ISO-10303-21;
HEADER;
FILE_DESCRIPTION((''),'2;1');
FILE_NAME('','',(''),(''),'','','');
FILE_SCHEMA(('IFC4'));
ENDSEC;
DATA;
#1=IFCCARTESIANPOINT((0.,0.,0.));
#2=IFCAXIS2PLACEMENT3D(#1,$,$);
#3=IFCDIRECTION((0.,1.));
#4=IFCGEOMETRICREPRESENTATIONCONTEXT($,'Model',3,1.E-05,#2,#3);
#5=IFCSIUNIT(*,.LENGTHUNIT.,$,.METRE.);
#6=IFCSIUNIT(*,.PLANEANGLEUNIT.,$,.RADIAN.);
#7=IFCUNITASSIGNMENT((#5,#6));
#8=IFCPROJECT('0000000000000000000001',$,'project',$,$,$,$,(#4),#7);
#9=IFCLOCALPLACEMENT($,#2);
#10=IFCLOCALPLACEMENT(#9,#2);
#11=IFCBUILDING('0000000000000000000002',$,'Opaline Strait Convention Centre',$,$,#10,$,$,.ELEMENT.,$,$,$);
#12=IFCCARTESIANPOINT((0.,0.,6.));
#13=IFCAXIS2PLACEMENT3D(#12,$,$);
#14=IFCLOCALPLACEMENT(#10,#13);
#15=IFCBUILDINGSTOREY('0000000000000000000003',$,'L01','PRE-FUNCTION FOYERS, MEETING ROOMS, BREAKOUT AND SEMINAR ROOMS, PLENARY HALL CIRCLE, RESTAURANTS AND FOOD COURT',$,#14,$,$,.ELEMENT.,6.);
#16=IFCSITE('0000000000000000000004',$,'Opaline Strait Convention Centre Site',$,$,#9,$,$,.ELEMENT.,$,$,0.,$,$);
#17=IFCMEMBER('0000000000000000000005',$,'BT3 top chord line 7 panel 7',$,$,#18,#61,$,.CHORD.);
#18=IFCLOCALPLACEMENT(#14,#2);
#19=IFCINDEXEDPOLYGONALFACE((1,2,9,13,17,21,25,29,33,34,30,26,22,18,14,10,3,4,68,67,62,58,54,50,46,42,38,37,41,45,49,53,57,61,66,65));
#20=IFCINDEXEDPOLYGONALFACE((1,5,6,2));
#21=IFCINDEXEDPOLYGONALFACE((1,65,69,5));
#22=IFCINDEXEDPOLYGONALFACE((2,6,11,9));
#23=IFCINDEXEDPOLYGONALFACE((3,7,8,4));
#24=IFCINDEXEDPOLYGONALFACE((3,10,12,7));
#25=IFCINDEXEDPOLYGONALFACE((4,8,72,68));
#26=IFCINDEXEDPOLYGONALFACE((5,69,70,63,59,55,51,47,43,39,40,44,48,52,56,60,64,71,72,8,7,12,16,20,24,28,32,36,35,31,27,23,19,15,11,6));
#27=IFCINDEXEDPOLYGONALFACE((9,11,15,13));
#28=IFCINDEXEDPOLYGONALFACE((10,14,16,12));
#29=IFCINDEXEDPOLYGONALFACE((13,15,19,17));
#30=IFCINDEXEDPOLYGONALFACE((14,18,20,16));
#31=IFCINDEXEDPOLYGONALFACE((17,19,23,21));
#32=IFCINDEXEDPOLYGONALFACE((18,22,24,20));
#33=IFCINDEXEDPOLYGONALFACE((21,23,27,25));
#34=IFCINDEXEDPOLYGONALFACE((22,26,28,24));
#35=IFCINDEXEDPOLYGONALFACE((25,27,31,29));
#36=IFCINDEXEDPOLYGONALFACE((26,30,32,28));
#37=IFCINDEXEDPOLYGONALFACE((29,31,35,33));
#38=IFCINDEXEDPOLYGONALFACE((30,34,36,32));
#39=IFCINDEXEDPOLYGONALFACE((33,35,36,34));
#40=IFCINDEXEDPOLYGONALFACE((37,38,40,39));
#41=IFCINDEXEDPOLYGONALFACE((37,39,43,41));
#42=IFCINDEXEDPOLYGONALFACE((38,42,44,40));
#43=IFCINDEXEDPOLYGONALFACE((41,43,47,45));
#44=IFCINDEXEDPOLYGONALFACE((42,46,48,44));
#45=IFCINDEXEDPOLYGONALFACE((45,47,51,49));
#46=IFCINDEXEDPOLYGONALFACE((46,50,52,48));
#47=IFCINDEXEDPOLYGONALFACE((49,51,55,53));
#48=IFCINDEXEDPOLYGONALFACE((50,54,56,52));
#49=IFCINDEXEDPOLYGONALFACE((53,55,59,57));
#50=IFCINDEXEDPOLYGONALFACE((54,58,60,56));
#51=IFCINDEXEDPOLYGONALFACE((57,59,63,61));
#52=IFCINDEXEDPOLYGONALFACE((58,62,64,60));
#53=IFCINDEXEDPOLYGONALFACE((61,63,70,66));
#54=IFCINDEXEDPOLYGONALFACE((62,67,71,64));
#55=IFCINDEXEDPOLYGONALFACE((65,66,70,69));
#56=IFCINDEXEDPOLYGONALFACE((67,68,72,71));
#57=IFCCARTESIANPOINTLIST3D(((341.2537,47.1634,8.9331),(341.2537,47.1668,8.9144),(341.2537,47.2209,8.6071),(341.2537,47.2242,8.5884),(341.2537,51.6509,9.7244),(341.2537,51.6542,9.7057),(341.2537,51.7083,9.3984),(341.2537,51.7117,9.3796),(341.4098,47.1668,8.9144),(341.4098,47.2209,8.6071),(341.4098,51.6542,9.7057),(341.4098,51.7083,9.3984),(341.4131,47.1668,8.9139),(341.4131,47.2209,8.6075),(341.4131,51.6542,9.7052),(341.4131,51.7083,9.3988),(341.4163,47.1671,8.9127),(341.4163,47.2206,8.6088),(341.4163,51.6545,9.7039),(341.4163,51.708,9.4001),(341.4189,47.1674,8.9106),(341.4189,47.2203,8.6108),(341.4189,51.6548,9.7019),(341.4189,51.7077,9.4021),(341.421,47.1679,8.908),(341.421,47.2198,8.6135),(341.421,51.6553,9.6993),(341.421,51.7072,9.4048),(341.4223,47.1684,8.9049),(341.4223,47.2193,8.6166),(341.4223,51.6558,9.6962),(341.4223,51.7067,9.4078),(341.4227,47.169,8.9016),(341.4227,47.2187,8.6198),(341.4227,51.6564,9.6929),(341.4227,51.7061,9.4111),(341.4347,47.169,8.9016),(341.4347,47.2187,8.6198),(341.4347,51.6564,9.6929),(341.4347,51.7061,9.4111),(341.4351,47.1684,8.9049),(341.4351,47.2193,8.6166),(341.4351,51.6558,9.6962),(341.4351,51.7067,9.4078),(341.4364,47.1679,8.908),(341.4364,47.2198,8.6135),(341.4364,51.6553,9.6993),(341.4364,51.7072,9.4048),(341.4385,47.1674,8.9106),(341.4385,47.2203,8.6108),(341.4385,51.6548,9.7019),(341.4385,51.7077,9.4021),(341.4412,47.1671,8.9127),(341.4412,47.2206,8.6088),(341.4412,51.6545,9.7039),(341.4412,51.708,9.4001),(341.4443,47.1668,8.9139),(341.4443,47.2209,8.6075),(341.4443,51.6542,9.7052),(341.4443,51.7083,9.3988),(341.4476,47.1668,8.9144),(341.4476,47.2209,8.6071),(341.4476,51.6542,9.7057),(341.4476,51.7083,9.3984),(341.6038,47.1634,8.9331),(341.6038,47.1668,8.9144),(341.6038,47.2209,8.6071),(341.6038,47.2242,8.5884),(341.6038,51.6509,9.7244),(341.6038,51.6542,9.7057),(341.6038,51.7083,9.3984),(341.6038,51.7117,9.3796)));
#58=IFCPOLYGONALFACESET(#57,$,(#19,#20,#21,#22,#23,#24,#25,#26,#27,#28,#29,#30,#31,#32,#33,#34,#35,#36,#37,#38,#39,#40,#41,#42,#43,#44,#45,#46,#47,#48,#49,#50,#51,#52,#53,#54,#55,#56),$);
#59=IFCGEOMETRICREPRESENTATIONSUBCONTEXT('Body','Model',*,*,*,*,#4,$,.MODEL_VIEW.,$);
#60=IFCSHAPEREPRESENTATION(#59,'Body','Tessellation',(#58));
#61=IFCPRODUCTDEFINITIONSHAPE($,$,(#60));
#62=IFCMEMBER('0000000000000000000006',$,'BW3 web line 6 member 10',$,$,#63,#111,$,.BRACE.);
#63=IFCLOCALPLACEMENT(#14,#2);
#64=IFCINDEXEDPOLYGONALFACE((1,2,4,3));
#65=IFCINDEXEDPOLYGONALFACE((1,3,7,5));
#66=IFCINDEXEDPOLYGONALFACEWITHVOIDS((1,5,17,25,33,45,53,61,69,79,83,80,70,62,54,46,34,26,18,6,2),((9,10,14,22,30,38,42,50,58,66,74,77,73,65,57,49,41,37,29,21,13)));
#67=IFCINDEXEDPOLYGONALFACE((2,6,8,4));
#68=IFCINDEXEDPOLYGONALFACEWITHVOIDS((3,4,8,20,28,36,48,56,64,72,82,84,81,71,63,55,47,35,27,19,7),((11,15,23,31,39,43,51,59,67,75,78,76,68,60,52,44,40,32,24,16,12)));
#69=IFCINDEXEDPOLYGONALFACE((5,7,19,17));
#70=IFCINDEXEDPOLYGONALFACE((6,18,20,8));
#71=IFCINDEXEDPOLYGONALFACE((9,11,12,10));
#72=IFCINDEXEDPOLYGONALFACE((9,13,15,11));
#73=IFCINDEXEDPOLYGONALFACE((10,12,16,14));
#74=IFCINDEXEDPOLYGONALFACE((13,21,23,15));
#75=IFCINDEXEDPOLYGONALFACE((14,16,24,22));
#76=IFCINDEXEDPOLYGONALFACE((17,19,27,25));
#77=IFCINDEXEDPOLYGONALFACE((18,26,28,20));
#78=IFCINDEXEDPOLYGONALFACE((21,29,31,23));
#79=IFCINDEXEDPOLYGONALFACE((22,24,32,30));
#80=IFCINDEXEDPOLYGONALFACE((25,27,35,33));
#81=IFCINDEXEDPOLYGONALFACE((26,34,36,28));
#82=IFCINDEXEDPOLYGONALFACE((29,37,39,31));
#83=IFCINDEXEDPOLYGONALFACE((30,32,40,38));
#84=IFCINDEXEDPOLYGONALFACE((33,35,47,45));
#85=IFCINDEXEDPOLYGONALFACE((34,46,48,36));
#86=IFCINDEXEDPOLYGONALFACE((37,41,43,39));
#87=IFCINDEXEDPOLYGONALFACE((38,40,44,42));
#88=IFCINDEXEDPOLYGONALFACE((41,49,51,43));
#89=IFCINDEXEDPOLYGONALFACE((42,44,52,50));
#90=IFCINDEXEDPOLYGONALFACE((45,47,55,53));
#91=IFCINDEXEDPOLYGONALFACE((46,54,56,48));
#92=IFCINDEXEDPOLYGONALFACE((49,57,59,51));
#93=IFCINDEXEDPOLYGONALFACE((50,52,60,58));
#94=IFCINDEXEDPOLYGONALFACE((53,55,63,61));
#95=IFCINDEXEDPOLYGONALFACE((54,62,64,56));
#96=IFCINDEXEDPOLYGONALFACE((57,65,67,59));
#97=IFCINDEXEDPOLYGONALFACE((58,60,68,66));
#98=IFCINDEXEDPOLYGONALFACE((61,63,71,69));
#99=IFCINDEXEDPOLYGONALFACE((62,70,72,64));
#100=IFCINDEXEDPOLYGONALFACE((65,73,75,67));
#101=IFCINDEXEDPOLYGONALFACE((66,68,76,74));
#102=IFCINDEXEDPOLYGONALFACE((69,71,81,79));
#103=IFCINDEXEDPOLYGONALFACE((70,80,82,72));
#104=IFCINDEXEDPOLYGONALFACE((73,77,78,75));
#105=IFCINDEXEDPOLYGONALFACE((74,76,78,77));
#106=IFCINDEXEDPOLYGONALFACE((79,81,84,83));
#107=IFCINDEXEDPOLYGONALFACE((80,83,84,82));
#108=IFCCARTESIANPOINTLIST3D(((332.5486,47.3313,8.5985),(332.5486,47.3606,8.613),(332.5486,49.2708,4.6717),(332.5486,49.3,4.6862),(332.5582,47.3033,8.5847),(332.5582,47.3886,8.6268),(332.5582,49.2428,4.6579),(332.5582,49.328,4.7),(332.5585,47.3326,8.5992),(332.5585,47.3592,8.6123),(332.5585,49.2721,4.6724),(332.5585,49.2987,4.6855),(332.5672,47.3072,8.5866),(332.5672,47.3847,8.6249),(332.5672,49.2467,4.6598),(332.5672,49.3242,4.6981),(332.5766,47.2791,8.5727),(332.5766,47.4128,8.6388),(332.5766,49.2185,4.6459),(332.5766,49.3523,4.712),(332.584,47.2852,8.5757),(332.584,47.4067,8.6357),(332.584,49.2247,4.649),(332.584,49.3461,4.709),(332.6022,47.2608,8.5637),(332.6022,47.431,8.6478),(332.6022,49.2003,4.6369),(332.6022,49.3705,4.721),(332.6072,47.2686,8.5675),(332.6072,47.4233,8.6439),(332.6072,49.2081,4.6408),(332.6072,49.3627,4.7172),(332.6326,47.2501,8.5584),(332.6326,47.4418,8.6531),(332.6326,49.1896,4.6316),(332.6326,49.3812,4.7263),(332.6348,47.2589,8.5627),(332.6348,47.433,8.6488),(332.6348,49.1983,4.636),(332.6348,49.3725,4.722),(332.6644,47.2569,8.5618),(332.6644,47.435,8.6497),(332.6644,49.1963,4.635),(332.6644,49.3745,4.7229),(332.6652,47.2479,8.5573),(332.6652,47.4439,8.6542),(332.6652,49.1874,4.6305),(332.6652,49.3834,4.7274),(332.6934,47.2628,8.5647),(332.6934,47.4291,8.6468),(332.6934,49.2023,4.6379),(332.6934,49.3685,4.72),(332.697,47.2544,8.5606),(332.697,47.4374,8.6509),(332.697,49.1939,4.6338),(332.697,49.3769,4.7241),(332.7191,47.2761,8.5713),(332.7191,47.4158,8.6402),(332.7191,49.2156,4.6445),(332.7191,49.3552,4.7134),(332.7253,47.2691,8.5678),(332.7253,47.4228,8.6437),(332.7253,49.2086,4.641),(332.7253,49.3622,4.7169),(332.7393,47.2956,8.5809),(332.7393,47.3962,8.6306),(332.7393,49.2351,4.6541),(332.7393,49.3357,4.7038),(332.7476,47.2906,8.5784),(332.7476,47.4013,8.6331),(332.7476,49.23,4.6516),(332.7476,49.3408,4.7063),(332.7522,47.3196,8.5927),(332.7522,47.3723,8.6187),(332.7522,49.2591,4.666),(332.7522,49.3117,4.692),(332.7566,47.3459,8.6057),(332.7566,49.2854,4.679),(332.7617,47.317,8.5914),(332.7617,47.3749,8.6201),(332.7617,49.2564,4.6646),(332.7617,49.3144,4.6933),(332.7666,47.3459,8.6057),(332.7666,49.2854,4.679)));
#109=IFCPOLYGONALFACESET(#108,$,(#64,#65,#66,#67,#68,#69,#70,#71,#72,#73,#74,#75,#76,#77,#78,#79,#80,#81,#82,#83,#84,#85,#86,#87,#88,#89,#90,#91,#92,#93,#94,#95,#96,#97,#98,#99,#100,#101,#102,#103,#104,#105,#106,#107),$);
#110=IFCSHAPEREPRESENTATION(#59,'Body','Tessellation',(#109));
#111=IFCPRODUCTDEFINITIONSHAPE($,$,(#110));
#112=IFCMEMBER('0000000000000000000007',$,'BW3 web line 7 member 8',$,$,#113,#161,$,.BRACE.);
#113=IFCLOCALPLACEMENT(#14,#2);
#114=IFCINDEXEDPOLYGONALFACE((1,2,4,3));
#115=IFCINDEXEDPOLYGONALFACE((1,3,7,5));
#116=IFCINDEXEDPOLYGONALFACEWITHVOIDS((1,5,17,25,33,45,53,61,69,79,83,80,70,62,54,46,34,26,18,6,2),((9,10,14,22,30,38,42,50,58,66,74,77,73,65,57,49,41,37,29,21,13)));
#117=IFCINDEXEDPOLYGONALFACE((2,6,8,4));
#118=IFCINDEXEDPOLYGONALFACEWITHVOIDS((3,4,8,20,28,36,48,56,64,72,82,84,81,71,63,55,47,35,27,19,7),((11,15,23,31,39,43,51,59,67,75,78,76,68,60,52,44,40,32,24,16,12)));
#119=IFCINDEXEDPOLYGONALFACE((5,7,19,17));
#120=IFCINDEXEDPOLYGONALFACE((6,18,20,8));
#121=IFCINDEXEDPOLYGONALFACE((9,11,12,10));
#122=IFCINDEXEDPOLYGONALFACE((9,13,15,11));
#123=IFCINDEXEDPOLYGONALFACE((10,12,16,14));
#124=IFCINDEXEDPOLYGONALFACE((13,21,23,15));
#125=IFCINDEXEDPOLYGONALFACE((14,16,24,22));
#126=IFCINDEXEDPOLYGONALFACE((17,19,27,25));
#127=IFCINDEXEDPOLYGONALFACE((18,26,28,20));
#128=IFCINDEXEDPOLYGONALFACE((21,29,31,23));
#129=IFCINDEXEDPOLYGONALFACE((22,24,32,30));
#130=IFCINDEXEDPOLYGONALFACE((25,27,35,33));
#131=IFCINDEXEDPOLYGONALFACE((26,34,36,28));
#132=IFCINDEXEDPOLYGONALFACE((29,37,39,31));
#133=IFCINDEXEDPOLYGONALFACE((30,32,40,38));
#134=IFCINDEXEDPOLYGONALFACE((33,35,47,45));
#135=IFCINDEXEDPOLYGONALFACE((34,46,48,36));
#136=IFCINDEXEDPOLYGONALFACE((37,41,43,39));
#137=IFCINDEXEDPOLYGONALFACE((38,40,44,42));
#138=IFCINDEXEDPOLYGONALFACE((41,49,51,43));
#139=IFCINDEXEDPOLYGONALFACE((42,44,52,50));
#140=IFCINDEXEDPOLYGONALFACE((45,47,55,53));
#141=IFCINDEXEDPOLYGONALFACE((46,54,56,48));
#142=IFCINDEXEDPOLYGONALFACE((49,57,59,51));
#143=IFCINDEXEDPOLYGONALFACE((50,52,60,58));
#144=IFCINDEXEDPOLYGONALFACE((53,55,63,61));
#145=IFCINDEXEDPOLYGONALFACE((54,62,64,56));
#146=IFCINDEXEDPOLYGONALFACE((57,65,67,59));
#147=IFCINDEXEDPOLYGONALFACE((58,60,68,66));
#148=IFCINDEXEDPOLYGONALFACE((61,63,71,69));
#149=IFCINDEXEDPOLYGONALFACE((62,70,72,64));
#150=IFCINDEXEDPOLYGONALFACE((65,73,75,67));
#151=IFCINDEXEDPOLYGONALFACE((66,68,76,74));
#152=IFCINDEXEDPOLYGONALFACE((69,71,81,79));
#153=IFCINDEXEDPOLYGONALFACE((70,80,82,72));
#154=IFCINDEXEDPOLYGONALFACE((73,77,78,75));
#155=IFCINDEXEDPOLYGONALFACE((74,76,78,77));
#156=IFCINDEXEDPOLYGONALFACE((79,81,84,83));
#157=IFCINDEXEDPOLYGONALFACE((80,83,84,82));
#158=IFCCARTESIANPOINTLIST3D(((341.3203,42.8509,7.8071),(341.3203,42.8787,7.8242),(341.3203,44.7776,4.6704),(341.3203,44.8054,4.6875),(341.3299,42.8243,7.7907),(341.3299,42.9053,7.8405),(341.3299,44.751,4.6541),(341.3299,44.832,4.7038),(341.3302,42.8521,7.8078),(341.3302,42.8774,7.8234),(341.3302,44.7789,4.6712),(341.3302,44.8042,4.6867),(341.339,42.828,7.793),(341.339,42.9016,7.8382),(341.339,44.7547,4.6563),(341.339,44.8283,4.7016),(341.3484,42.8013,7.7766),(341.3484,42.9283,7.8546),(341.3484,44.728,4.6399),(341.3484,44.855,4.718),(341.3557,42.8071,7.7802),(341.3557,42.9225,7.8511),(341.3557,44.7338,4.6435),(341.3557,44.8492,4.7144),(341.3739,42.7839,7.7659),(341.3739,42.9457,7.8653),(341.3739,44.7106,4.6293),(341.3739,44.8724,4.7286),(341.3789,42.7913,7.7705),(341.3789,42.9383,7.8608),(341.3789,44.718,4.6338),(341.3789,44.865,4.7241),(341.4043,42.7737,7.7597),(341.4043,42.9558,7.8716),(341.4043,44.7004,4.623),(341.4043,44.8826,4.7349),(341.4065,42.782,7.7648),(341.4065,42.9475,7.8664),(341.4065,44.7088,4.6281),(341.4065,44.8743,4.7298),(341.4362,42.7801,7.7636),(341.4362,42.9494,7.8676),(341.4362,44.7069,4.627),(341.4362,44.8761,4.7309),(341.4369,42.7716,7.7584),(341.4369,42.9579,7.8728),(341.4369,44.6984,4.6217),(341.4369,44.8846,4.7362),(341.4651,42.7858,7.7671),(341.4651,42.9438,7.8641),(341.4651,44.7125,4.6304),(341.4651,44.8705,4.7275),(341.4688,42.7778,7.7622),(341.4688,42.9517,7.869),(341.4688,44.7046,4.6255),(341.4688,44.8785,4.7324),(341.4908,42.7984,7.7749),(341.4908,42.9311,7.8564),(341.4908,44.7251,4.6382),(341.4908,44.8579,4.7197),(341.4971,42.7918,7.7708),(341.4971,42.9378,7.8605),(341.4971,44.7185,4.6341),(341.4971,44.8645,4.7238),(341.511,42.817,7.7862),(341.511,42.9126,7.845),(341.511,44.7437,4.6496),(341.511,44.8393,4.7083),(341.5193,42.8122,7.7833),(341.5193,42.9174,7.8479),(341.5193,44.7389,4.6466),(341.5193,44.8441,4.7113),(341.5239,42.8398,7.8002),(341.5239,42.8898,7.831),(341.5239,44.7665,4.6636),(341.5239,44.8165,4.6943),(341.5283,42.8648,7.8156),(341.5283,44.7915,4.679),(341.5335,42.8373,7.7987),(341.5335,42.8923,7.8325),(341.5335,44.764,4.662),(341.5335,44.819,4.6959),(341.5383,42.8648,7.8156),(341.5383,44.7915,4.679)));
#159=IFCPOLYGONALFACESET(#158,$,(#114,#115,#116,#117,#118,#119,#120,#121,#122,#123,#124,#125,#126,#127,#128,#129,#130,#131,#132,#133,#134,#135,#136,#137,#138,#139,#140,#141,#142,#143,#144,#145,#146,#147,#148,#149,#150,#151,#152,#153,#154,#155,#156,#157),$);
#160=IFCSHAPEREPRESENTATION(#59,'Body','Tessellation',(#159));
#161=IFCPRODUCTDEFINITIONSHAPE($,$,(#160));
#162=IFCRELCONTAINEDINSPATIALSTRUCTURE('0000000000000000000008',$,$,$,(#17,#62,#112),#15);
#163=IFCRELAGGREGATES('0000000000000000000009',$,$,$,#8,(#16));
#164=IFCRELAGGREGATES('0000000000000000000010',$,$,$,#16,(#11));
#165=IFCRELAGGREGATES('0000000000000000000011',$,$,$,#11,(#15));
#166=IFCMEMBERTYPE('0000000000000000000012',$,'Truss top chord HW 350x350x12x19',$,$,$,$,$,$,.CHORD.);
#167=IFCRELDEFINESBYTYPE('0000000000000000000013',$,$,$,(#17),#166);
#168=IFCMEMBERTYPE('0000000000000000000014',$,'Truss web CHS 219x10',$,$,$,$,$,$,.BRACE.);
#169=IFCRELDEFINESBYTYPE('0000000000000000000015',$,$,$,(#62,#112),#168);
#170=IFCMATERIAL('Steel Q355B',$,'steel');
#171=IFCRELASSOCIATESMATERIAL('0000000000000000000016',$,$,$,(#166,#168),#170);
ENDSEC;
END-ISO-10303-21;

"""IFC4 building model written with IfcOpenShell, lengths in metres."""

from ifc_helpers import new_model, si_unit, direction, frame, origin, origin_2d, place, context, subcontext, project, spatial, hollow_circle, i_section, extrude, material, material_profile, profile_set, type_object, element, save


model = new_model("IFC4")

# Units and contexts
model_context = context("Model", 3, precision=1e-05, world=origin(), true_north=direction((0.0, 1.0)))
body_context = subcontext(model_context, "Body", "Model", "MODEL_VIEW")
ifc_project = project(units=[si_unit("LENGTHUNIT", "METRE"), si_unit("PLANEANGLEUNIT", "RADIAN")], contexts=[model_context])

# Site, building, storey
site_placement = place(None, origin())
site = spatial("IfcSite", under=ifc_project, at=site_placement, Name="Opaline Strait Convention Centre Site", CompositionType="ELEMENT", RefElevation=0.0)
building_placement = place(site_placement, origin())
building = spatial("IfcBuilding", under=site, at=building_placement, Name="Opaline Strait Convention Centre", CompositionType="ELEMENT")
storey_placement = place(building_placement, frame((0.0, 0.0, 6.0)))
storey = spatial("IfcBuildingStorey", under=building, at=storey_placement, Name="L01", Description="PRE-FUNCTION FOYERS, MEETING ROOMS, BREAKOUT AND SEMINAR ROOMS, PLENARY HALL CIRCLE, RESTAURANTS AND FOOD COURT", CompositionType="ELEMENT", Elevation=6.0)

# Members
ifc_material_1 = material(Name="Steel Q355B", Category="steel")
ifc_material_profile_1 = material_profile(ifc_material_1, i_section(OverallWidth=0.3501, OverallDepth=0.3501, WebThickness=0.012, FlangeThickness=0.019, FilletRadius=0.0129, at=origin_2d()), Name="HW 350x350x12x19")
ifc_profile_set_1 = profile_set([ifc_material_profile_1], Name="Steel Q355B")
member_type_1 = type_object("IfcMemberType", Name="Truss top chord HW 350x350x12x19", PredefinedType="CHORD", material=ifc_profile_set_1)
member_1_placement = place(storey_placement, frame((341.4287, 47.1938, 8.7607), z_axis=(0.0, 0.984807, 0.173654), x_axis=(-1.0, 0.0, 0.0)))
element("IfcMember", 1, at=member_1_placement, inside=storey, type_object=member_type_1, Name="BT3 top chord line 7 panel 7", PredefinedType="CHORD", context=body_context, shape_type="SweptSolid", body=[
    extrude(i_section(OverallWidth=0.3501, OverallDepth=0.3501, WebThickness=0.012, FlangeThickness=0.019, FilletRadius=0.0129, at=origin_2d()), origin(), (0.0, 0.0, 1.0), 4.5566),
])
ifc_material_profile_2 = material_profile(ifc_material_1, hollow_circle(Radius=0.1096, WallThickness=0.01, at=origin_2d()), Name="CHS 219x10")
ifc_profile_set_2 = profile_set([ifc_material_profile_2], Name="Steel Q355B")
member_type_2 = type_object("IfcMemberType", Name="Truss web CHS 219x10", PredefinedType="BRACE", material=ifc_profile_set_2)
member_2_placement = place(storey_placement, frame((332.657, 49.2854, 4.679), z_axis=(0.0, -0.442838, 0.896602), x_axis=(1.0, 0.0, 0.0)))
element("IfcMember", 2, at=member_2_placement, inside=storey, type_object=member_type_2, Name="BW3 web line 6 member 10", PredefinedType="BRACE", context=body_context, shape_type="SweptSolid", body=[
    extrude(hollow_circle(Radius=0.1096, WallThickness=0.01, at=origin_2d()), origin(), (0.0, 0.0, 1.0), 4.3796),
])
member_3_placement = place(storey_placement, frame((341.4287, 44.7915, 4.679), z_axis=(0.0, -0.523402, 0.852086), x_axis=(1.0, 0.0, 0.0)))
element("IfcMember", 3, at=member_3_placement, inside=storey, type_object=member_type_2, Name="BW3 web line 7 member 8", PredefinedType="BRACE", context=body_context, shape_type="SweptSolid", body=[
    extrude(hollow_circle(Radius=0.1096, WallThickness=0.01, at=origin_2d()), origin(), (0.0, 0.0, 1.0), 3.6812),
])

save(model, "model.ifc")
